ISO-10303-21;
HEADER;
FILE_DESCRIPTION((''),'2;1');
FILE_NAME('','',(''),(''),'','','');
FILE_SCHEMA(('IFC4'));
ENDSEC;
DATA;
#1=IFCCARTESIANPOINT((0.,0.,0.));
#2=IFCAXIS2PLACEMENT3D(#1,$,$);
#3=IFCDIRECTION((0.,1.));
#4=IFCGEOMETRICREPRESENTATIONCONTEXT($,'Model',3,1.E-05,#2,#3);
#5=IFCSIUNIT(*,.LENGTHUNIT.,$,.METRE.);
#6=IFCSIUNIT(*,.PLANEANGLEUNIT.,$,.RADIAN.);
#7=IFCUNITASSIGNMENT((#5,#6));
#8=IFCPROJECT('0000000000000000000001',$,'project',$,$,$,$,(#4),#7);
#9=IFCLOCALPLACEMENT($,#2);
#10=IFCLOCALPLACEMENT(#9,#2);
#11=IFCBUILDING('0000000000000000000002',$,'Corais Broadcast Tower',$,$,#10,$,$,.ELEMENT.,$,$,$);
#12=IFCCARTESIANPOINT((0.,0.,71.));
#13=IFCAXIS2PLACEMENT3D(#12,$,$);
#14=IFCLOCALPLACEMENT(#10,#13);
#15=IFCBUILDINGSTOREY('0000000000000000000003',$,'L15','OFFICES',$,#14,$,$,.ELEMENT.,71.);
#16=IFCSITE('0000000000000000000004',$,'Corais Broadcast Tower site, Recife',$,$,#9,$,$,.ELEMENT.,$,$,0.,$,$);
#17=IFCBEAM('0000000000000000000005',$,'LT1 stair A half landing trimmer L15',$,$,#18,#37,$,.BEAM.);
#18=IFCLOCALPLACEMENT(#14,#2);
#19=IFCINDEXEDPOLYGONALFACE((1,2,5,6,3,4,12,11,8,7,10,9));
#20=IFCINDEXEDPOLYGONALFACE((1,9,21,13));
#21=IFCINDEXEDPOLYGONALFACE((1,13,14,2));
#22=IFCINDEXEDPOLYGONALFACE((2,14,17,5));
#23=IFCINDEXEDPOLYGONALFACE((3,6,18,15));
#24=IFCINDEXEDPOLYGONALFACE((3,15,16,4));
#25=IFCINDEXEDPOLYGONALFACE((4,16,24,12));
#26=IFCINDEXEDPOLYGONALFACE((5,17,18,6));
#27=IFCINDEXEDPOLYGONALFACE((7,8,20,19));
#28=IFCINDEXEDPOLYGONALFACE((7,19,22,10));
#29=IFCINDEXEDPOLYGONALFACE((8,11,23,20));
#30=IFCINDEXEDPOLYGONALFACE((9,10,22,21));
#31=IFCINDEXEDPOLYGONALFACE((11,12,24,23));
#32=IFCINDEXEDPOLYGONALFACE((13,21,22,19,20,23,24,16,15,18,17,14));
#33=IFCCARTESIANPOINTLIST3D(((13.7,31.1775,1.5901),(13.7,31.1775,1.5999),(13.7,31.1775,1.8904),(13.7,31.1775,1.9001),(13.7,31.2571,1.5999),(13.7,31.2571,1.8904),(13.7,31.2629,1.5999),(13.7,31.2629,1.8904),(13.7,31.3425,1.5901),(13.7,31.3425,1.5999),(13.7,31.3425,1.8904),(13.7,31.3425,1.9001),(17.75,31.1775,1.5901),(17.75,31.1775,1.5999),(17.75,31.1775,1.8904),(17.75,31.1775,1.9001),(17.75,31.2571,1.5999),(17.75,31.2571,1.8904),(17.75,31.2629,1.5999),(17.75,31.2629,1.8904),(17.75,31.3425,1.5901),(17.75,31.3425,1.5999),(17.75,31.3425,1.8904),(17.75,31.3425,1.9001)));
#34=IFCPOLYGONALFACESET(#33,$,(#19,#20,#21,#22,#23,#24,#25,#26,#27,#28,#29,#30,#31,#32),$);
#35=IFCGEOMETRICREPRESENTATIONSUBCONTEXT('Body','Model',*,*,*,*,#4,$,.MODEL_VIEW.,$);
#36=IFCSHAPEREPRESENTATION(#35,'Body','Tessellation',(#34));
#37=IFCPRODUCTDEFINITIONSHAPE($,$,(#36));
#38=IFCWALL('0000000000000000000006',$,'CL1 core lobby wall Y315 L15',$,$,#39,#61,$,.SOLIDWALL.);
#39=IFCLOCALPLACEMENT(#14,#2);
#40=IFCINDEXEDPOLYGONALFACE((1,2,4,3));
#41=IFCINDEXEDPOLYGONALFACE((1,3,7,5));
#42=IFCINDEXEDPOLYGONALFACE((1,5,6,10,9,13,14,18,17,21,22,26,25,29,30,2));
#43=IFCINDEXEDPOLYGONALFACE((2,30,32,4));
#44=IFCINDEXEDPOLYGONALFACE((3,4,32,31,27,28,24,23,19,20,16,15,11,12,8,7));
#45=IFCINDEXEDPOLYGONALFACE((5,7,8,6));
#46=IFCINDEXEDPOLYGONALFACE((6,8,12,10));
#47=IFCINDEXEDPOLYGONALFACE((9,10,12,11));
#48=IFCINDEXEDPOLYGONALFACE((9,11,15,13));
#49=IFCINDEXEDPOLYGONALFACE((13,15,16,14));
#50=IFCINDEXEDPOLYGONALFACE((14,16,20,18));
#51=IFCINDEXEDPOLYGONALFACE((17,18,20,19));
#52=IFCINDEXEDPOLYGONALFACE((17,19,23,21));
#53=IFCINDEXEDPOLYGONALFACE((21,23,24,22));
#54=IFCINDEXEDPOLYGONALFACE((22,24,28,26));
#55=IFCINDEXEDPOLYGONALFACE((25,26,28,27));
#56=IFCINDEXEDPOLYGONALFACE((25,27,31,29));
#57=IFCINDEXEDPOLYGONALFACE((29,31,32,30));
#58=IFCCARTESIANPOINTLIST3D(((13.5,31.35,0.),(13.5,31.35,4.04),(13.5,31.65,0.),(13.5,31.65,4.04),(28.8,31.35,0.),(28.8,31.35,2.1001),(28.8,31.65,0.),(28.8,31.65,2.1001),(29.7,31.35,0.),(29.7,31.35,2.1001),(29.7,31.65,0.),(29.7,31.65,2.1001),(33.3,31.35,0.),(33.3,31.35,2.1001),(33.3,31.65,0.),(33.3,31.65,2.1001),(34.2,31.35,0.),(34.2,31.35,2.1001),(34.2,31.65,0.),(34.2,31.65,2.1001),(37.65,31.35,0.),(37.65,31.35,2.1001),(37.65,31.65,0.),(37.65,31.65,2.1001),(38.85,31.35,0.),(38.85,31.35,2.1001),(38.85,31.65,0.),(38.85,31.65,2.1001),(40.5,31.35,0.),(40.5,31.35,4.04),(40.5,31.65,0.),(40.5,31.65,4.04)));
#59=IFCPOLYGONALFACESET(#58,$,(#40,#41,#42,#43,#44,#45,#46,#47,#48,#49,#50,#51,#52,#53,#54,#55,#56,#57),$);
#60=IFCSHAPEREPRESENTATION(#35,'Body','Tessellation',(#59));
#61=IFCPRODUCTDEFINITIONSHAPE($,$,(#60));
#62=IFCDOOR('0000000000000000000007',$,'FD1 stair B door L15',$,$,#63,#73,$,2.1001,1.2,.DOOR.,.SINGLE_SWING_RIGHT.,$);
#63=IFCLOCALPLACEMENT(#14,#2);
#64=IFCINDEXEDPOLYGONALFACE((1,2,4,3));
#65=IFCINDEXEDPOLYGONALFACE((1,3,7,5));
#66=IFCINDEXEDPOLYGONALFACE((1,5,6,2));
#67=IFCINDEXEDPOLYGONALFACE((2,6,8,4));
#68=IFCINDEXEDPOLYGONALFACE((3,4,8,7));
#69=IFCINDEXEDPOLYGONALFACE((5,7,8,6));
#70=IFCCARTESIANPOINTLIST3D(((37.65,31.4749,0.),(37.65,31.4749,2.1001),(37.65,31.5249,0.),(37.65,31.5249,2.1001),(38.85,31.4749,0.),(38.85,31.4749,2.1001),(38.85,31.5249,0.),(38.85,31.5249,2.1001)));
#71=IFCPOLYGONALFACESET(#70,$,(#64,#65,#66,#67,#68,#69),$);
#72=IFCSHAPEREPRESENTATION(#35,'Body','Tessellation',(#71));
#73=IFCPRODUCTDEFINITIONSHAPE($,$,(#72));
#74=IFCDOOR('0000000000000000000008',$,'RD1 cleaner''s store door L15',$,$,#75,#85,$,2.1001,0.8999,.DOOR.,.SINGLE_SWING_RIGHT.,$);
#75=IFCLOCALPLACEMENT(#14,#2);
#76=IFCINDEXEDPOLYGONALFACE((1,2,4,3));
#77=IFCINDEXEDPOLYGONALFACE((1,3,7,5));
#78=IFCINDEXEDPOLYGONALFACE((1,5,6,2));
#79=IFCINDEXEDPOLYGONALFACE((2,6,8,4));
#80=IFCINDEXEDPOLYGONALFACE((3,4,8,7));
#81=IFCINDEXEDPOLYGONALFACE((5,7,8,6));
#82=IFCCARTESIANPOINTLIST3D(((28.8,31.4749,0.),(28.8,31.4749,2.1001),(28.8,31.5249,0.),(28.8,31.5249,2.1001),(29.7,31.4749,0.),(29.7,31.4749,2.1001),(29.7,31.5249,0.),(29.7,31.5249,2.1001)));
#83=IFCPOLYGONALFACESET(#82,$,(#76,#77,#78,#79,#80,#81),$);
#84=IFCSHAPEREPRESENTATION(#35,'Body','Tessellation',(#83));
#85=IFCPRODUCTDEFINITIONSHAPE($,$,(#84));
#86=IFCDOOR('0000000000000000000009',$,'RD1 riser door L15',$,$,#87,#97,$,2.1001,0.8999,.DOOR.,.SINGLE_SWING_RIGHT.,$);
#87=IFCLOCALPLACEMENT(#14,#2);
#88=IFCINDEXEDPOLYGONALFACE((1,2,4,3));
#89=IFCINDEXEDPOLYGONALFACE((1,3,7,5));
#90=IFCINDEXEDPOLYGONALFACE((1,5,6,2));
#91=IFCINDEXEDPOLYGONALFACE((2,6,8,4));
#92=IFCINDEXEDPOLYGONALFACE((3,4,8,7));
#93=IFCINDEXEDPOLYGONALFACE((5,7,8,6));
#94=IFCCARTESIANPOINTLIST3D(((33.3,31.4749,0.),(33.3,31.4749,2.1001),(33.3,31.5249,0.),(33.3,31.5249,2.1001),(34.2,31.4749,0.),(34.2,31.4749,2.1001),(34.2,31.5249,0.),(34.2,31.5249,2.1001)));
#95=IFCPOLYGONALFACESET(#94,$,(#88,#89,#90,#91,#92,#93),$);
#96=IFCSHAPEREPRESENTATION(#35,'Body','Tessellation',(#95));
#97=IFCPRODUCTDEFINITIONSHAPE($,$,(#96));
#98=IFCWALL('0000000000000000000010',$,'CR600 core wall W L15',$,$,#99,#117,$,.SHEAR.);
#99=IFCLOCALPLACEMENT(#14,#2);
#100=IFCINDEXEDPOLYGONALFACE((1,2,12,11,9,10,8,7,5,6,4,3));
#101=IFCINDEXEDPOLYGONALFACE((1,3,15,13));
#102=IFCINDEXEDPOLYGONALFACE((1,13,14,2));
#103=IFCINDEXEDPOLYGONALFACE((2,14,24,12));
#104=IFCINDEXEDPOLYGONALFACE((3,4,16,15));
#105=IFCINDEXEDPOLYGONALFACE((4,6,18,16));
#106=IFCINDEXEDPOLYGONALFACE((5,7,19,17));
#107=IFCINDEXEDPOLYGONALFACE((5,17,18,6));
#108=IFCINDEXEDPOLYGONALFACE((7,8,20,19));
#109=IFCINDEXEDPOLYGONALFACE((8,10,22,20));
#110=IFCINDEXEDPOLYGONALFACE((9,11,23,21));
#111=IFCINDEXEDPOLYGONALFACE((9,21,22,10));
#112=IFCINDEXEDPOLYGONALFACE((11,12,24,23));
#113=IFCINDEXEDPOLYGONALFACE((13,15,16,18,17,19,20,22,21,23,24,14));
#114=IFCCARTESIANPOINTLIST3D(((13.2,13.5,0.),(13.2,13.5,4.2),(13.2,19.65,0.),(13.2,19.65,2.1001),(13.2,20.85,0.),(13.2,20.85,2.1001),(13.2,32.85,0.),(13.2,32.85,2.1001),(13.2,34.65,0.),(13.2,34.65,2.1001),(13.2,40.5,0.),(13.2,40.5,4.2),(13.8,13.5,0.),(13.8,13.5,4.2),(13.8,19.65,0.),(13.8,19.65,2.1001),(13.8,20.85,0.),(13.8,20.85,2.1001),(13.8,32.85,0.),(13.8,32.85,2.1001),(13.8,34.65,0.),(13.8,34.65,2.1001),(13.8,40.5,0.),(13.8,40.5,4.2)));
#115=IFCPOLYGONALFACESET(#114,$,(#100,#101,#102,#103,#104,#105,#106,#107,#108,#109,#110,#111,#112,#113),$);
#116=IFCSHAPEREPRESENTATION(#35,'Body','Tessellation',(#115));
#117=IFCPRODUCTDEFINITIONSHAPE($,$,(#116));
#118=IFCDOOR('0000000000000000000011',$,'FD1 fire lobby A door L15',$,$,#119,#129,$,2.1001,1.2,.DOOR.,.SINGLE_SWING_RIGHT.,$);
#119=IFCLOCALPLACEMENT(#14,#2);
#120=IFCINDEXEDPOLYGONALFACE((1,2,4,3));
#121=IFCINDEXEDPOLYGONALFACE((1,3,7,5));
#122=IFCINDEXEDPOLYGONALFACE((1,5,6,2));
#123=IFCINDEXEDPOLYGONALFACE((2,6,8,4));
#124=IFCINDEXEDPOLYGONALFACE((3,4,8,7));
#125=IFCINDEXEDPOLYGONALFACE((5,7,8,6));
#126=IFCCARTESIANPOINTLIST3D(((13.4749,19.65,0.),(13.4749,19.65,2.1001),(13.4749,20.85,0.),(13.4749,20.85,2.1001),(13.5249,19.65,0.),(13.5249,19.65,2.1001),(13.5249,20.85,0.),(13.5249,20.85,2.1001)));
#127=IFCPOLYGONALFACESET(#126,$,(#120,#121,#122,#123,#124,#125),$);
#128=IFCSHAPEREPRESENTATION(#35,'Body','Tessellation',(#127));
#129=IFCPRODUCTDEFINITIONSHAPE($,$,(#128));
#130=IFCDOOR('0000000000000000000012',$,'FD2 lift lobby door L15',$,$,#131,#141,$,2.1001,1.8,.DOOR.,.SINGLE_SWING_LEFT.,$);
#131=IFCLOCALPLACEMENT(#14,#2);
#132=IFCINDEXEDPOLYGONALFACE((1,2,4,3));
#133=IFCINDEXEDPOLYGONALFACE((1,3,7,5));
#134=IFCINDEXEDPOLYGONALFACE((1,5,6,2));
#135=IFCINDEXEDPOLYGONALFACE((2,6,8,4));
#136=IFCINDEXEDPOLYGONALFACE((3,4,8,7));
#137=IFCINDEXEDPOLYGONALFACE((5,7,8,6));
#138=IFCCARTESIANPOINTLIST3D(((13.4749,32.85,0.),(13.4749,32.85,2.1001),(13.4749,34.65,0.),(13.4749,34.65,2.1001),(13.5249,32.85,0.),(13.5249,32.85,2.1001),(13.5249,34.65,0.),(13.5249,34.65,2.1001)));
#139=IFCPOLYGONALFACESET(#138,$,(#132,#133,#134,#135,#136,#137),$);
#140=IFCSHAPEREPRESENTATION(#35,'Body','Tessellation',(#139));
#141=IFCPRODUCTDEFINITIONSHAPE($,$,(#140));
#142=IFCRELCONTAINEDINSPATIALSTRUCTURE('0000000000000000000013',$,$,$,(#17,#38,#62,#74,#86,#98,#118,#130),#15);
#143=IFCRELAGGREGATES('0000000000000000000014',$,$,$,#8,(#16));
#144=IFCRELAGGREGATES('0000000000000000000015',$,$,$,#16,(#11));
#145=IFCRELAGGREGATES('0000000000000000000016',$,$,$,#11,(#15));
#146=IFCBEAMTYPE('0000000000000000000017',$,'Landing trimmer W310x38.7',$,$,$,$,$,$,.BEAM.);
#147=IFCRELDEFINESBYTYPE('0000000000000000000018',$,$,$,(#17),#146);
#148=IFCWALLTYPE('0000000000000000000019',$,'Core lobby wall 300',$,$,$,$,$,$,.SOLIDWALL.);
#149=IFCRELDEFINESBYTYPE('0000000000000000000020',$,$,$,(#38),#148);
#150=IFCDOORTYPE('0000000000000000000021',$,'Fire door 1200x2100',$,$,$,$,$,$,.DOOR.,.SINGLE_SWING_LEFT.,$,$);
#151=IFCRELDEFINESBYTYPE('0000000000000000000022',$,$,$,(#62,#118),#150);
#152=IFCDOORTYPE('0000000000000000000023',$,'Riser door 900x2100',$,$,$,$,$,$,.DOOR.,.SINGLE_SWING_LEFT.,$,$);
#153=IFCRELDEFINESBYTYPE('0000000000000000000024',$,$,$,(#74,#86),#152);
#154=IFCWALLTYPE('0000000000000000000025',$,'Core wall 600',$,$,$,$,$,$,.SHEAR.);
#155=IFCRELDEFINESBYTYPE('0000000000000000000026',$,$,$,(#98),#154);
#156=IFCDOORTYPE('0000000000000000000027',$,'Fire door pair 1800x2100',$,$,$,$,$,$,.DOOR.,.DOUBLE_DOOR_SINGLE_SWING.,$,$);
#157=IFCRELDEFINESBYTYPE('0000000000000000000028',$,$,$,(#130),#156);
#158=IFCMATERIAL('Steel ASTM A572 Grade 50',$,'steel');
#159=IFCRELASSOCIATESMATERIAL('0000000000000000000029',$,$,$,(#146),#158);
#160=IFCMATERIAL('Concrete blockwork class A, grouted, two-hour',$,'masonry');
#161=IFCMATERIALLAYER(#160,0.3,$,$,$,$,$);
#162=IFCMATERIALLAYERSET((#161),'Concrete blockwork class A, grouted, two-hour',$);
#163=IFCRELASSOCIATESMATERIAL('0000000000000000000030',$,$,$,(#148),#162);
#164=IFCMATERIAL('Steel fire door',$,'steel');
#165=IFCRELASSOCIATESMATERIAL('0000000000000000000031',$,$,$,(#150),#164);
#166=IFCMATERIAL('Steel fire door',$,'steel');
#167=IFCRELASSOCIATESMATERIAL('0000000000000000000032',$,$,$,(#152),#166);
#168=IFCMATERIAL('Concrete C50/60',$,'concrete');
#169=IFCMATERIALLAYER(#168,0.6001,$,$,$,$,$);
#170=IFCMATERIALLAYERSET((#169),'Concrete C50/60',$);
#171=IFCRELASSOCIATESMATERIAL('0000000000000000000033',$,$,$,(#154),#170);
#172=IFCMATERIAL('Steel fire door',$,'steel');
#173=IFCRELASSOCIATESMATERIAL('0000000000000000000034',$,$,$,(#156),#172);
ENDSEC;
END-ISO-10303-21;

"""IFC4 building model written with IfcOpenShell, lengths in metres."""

from ifc_helpers import new_model, si_unit, direction, frame, frame_2d, origin, origin_2d, place, context, subcontext, project, spatial, rectangle, i_section, extrude, material, layer, layer_set, material_profile, profile_set, type_object, element, fill, save


model = new_model("IFC4")

# Units and contexts
model_context = context("Model", 3, precision=1e-05, world=origin(), true_north=direction((0.0, 1.0)))
body_context = subcontext(model_context, "Body", "Model", "MODEL_VIEW")
ifc_project = project(units=[si_unit("LENGTHUNIT", "METRE"), si_unit("PLANEANGLEUNIT", "RADIAN")], contexts=[model_context])

# Site, building, storey
site_placement = place(None, origin())
site = spatial("IfcSite", under=ifc_project, at=site_placement, Name="Corais Broadcast Tower site, Recife", CompositionType="ELEMENT", RefElevation=0.0)
building_placement = place(site_placement, origin())
building = spatial("IfcBuilding", under=site, at=building_placement, Name="Corais Broadcast Tower", CompositionType="ELEMENT")
storey_placement = place(building_placement, frame((0.0, 0.0, 71.0)))
storey = spatial("IfcBuildingStorey", under=building, at=storey_placement, Name="L15", Description="OFFICES", CompositionType="ELEMENT", Elevation=71.0)

# Beam
ifc_material_1 = material(Name="Steel ASTM A572 Grade 50", Category="steel")
ifc_material_profile = material_profile(ifc_material_1, i_section(OverallWidth=0.165, OverallDepth=0.3101, WebThickness=0.0059, FlangeThickness=0.0098, at=origin_2d()), Name="W310x38.7")
ifc_profile_set = profile_set([ifc_material_profile], Name="Steel ASTM A572 Grade 50")
beam_type = type_object("IfcBeamType", Name="Landing trimmer W310x38.7", PredefinedType="BEAM", material=ifc_profile_set)
beam_placement = place(storey_placement, frame((13.7, 31.26, 1.7451), z_axis=(1.0, 0.0, 0.0), x_axis=(0.0, 1.0, 0.0)))
element("IfcBeam", 1, at=beam_placement, inside=storey, type_object=beam_type, Name="LT1 stair A half landing trimmer L15", PredefinedType="BEAM", context=body_context, shape_type="SweptSolid", body=[
    extrude(i_section(OverallWidth=0.165, OverallDepth=0.3101, WebThickness=0.0059, FlangeThickness=0.0098, at=origin_2d()), origin(), (0.0, 0.0, 1.0), 4.05),
])

# Walls, openings, doors
ifc_material_2 = material(Name="Concrete blockwork class A, grouted, two-hour", Category="masonry")
ifc_layer_1 = layer(ifc_material_2, 0.3)
ifc_layer_set_1 = layer_set([ifc_layer_1], Name="Concrete blockwork class A, grouted, two-hour")
wall_type_1 = type_object("IfcWallType", Name="Core lobby wall 300", PredefinedType="SOLIDWALL", material=ifc_layer_set_1)
wall_1_placement = place(storey_placement, frame((13.5, 31.5, 0.0), z_axis=(0.0, 0.0, 1.0), x_axis=(1.0, 0.0, 0.0)))
wall_1 = element("IfcWall", 2, at=wall_1_placement, inside=storey, type_object=wall_type_1, Name="CL1 core lobby wall Y315 L15", PredefinedType="SOLIDWALL", context=body_context, shape_type="SweptSolid", body=[
    extrude(rectangle(XDim=27.0, YDim=0.3, at=frame_2d((13.5, 0.0))), origin(), (0.0, 0.0, 1.0), 4.04),
])
opening_1_placement = place(wall_1_placement, frame((24.1499, 0.0, 0.0)))
opening_1 = element("IfcOpeningElement", 3, at=opening_1_placement, cuts=wall_1, PredefinedType="OPENING", context=body_context, shape_type="SweptSolid", body=[
    extrude(rectangle(XDim=1.2, YDim=2.1001, at=frame_2d((0.6001, 1.05))), frame((0.0, 0.1599, 0.0), z_axis=(0.0, -1.0, 0.0), x_axis=(1.0, 0.0, 0.0)), (0.0, 0.0, 1.0), 0.3201),
])
opening_2_placement = place(wall_1_placement, frame((15.3, 0.0, 0.0)))
opening_2 = element("IfcOpeningElement", 4, at=opening_2_placement, cuts=wall_1, PredefinedType="OPENING", context=body_context, shape_type="SweptSolid", body=[
    extrude(rectangle(XDim=0.8999, YDim=2.1001, at=frame_2d((0.45, 1.05))), frame((0.0, 0.1599, 0.0), z_axis=(0.0, -1.0, 0.0), x_axis=(1.0, 0.0, 0.0)), (0.0, 0.0, 1.0), 0.3201),
])
opening_3_placement = place(wall_1_placement, frame((19.8, 0.0, 0.0)))
opening_3 = element("IfcOpeningElement", 5, at=opening_3_placement, cuts=wall_1, PredefinedType="OPENING", context=body_context, shape_type="SweptSolid", body=[
    extrude(rectangle(XDim=0.8999, YDim=2.1001, at=frame_2d((0.45, 1.05))), frame((0.0, 0.1599, 0.0), z_axis=(0.0, -1.0, 0.0), x_axis=(1.0, 0.0, 0.0)), (0.0, 0.0, 1.0), 0.3201),
])
ifc_material_3 = material(Name="Steel fire door", Category="steel")
door_type_1 = type_object("IfcDoorType", Name="Fire door 1200x2100", OperationType="SINGLE_SWING_LEFT", PredefinedType="DOOR", material=ifc_material_3)
door_1_placement = place(opening_1_placement, origin())
door_1 = element("IfcDoor", 6, at=door_1_placement, inside=storey, type_object=door_type_1, Name="FD1 stair B door L15", OperationType="SINGLE_SWING_RIGHT", OverallHeight=2.1001, OverallWidth=1.2, PredefinedType="DOOR", context=body_context, shape_type="SweptSolid", body=[
    extrude(rectangle(XDim=1.2, YDim=2.1001, at=frame_2d((0.6001, 1.05))), frame((0.0, 0.0249, 0.0), z_axis=(0.0, -1.0, 0.0), x_axis=(1.0, 0.0, 0.0)), (0.0, 0.0, 1.0), 0.05),
])
fill(opening_1, door_1)
ifc_material_4 = material(Name="Steel fire door", Category="steel")
door_type_2 = type_object("IfcDoorType", Name="Riser door 900x2100", OperationType="SINGLE_SWING_LEFT", PredefinedType="DOOR", material=ifc_material_4)
door_2_placement = place(opening_2_placement, origin())
door_2 = element("IfcDoor", 7, at=door_2_placement, inside=storey, type_object=door_type_2, Name="RD1 cleaner's store door L15", OperationType="SINGLE_SWING_RIGHT", OverallHeight=2.1001, OverallWidth=0.8999, PredefinedType="DOOR", context=body_context, shape_type="SweptSolid", body=[
    extrude(rectangle(XDim=0.8999, YDim=2.1001, at=frame_2d((0.45, 1.05))), frame((0.0, 0.0249, 0.0), z_axis=(0.0, -1.0, 0.0), x_axis=(1.0, 0.0, 0.0)), (0.0, 0.0, 1.0), 0.05),
])
fill(opening_2, door_2)
door_3_placement = place(opening_3_placement, origin())
door_3 = element("IfcDoor", 8, at=door_3_placement, inside=storey, type_object=door_type_2, Name="RD1 riser door L15", OperationType="SINGLE_SWING_RIGHT", OverallHeight=2.1001, OverallWidth=0.8999, PredefinedType="DOOR", context=body_context, shape_type="SweptSolid", body=[
    extrude(rectangle(XDim=0.8999, YDim=2.1001, at=frame_2d((0.45, 1.05))), frame((0.0, 0.0249, 0.0), z_axis=(0.0, -1.0, 0.0), x_axis=(1.0, 0.0, 0.0)), (0.0, 0.0, 1.0), 0.05),
])
fill(opening_3, door_3)
ifc_material_5 = material(Name="Concrete C50/60", Category="concrete")
ifc_layer_2 = layer(ifc_material_5, 0.6001)
ifc_layer_set_2 = layer_set([ifc_layer_2], Name="Concrete C50/60")
wall_type_2 = type_object("IfcWallType", Name="Core wall 600", PredefinedType="SHEAR", material=ifc_layer_set_2)
wall_2_placement = place(storey_placement, frame((13.5, 40.5, 0.0), z_axis=(0.0, 0.0, 1.0), x_axis=(0.0, -1.0, 0.0)))
wall_2 = element("IfcWall", 9, at=wall_2_placement, inside=storey, type_object=wall_type_2, Name="CR600 core wall W L15", PredefinedType="SHEAR", context=body_context, shape_type="SweptSolid", body=[
    extrude(rectangle(XDim=27.0, YDim=0.6001, at=frame_2d((13.5, 0.0))), origin(), (0.0, 0.0, 1.0), 4.2),
])
opening_4_placement = place(wall_2_placement, frame((19.6499, 0.0, 0.0)))
opening_4 = element("IfcOpeningElement", 10, at=opening_4_placement, cuts=wall_2, PredefinedType="OPENING", context=body_context, shape_type="SweptSolid", body=[
    extrude(rectangle(XDim=1.2, YDim=2.1001, at=frame_2d((0.6001, 1.05))), frame((0.0, 0.3101, 0.0), z_axis=(0.0, -1.0, 0.0), x_axis=(1.0, 0.0, 0.0)), (0.0, 0.0, 1.0), 0.6201),
])
opening_5_placement = place(wall_2_placement, frame((5.8501, 0.0, 0.0)))
opening_5 = element("IfcOpeningElement", 11, at=opening_5_placement, cuts=wall_2, PredefinedType="OPENING", context=body_context, shape_type="SweptSolid", body=[
    extrude(rectangle(XDim=1.8, YDim=2.1001, at=frame_2d((0.8999, 1.05))), frame((0.0, 0.3101, 0.0), z_axis=(0.0, -1.0, 0.0), x_axis=(1.0, 0.0, 0.0)), (0.0, 0.0, 1.0), 0.6201),
])
door_4_placement = place(opening_4_placement, origin())
door_4 = element("IfcDoor", 12, at=door_4_placement, inside=storey, type_object=door_type_1, Name="FD1 fire lobby A door L15", OperationType="SINGLE_SWING_RIGHT", OverallHeight=2.1001, OverallWidth=1.2, PredefinedType="DOOR", context=body_context, shape_type="SweptSolid", body=[
    extrude(rectangle(XDim=1.2, YDim=2.1001, at=frame_2d((0.6001, 1.05))), frame((0.0, 0.0249, 0.0), z_axis=(0.0, -1.0, 0.0), x_axis=(1.0, 0.0, 0.0)), (0.0, 0.0, 1.0), 0.05),
])
fill(opening_4, door_4)
ifc_material_6 = material(Name="Steel fire door", Category="steel")
door_type_3 = type_object("IfcDoorType", Name="Fire door pair 1800x2100", OperationType="DOUBLE_DOOR_SINGLE_SWING", PredefinedType="DOOR", material=ifc_material_6)
door_5_placement = place(opening_5_placement, origin())
door_5 = element("IfcDoor", 13, at=door_5_placement, inside=storey, type_object=door_type_3, Name="FD2 lift lobby door L15", OperationType="SINGLE_SWING_LEFT", OverallHeight=2.1001, OverallWidth=1.8, PredefinedType="DOOR", context=body_context, shape_type="SweptSolid", body=[
    extrude(rectangle(XDim=1.8, YDim=2.1001, at=frame_2d((0.8999, 1.05))), frame((0.0, 0.0249, 0.0), z_axis=(0.0, -1.0, 0.0), x_axis=(1.0, 0.0, 0.0)), (0.0, 0.0, 1.0), 0.05),
])
fill(opening_5, door_5)

save(model, "model.ifc")
